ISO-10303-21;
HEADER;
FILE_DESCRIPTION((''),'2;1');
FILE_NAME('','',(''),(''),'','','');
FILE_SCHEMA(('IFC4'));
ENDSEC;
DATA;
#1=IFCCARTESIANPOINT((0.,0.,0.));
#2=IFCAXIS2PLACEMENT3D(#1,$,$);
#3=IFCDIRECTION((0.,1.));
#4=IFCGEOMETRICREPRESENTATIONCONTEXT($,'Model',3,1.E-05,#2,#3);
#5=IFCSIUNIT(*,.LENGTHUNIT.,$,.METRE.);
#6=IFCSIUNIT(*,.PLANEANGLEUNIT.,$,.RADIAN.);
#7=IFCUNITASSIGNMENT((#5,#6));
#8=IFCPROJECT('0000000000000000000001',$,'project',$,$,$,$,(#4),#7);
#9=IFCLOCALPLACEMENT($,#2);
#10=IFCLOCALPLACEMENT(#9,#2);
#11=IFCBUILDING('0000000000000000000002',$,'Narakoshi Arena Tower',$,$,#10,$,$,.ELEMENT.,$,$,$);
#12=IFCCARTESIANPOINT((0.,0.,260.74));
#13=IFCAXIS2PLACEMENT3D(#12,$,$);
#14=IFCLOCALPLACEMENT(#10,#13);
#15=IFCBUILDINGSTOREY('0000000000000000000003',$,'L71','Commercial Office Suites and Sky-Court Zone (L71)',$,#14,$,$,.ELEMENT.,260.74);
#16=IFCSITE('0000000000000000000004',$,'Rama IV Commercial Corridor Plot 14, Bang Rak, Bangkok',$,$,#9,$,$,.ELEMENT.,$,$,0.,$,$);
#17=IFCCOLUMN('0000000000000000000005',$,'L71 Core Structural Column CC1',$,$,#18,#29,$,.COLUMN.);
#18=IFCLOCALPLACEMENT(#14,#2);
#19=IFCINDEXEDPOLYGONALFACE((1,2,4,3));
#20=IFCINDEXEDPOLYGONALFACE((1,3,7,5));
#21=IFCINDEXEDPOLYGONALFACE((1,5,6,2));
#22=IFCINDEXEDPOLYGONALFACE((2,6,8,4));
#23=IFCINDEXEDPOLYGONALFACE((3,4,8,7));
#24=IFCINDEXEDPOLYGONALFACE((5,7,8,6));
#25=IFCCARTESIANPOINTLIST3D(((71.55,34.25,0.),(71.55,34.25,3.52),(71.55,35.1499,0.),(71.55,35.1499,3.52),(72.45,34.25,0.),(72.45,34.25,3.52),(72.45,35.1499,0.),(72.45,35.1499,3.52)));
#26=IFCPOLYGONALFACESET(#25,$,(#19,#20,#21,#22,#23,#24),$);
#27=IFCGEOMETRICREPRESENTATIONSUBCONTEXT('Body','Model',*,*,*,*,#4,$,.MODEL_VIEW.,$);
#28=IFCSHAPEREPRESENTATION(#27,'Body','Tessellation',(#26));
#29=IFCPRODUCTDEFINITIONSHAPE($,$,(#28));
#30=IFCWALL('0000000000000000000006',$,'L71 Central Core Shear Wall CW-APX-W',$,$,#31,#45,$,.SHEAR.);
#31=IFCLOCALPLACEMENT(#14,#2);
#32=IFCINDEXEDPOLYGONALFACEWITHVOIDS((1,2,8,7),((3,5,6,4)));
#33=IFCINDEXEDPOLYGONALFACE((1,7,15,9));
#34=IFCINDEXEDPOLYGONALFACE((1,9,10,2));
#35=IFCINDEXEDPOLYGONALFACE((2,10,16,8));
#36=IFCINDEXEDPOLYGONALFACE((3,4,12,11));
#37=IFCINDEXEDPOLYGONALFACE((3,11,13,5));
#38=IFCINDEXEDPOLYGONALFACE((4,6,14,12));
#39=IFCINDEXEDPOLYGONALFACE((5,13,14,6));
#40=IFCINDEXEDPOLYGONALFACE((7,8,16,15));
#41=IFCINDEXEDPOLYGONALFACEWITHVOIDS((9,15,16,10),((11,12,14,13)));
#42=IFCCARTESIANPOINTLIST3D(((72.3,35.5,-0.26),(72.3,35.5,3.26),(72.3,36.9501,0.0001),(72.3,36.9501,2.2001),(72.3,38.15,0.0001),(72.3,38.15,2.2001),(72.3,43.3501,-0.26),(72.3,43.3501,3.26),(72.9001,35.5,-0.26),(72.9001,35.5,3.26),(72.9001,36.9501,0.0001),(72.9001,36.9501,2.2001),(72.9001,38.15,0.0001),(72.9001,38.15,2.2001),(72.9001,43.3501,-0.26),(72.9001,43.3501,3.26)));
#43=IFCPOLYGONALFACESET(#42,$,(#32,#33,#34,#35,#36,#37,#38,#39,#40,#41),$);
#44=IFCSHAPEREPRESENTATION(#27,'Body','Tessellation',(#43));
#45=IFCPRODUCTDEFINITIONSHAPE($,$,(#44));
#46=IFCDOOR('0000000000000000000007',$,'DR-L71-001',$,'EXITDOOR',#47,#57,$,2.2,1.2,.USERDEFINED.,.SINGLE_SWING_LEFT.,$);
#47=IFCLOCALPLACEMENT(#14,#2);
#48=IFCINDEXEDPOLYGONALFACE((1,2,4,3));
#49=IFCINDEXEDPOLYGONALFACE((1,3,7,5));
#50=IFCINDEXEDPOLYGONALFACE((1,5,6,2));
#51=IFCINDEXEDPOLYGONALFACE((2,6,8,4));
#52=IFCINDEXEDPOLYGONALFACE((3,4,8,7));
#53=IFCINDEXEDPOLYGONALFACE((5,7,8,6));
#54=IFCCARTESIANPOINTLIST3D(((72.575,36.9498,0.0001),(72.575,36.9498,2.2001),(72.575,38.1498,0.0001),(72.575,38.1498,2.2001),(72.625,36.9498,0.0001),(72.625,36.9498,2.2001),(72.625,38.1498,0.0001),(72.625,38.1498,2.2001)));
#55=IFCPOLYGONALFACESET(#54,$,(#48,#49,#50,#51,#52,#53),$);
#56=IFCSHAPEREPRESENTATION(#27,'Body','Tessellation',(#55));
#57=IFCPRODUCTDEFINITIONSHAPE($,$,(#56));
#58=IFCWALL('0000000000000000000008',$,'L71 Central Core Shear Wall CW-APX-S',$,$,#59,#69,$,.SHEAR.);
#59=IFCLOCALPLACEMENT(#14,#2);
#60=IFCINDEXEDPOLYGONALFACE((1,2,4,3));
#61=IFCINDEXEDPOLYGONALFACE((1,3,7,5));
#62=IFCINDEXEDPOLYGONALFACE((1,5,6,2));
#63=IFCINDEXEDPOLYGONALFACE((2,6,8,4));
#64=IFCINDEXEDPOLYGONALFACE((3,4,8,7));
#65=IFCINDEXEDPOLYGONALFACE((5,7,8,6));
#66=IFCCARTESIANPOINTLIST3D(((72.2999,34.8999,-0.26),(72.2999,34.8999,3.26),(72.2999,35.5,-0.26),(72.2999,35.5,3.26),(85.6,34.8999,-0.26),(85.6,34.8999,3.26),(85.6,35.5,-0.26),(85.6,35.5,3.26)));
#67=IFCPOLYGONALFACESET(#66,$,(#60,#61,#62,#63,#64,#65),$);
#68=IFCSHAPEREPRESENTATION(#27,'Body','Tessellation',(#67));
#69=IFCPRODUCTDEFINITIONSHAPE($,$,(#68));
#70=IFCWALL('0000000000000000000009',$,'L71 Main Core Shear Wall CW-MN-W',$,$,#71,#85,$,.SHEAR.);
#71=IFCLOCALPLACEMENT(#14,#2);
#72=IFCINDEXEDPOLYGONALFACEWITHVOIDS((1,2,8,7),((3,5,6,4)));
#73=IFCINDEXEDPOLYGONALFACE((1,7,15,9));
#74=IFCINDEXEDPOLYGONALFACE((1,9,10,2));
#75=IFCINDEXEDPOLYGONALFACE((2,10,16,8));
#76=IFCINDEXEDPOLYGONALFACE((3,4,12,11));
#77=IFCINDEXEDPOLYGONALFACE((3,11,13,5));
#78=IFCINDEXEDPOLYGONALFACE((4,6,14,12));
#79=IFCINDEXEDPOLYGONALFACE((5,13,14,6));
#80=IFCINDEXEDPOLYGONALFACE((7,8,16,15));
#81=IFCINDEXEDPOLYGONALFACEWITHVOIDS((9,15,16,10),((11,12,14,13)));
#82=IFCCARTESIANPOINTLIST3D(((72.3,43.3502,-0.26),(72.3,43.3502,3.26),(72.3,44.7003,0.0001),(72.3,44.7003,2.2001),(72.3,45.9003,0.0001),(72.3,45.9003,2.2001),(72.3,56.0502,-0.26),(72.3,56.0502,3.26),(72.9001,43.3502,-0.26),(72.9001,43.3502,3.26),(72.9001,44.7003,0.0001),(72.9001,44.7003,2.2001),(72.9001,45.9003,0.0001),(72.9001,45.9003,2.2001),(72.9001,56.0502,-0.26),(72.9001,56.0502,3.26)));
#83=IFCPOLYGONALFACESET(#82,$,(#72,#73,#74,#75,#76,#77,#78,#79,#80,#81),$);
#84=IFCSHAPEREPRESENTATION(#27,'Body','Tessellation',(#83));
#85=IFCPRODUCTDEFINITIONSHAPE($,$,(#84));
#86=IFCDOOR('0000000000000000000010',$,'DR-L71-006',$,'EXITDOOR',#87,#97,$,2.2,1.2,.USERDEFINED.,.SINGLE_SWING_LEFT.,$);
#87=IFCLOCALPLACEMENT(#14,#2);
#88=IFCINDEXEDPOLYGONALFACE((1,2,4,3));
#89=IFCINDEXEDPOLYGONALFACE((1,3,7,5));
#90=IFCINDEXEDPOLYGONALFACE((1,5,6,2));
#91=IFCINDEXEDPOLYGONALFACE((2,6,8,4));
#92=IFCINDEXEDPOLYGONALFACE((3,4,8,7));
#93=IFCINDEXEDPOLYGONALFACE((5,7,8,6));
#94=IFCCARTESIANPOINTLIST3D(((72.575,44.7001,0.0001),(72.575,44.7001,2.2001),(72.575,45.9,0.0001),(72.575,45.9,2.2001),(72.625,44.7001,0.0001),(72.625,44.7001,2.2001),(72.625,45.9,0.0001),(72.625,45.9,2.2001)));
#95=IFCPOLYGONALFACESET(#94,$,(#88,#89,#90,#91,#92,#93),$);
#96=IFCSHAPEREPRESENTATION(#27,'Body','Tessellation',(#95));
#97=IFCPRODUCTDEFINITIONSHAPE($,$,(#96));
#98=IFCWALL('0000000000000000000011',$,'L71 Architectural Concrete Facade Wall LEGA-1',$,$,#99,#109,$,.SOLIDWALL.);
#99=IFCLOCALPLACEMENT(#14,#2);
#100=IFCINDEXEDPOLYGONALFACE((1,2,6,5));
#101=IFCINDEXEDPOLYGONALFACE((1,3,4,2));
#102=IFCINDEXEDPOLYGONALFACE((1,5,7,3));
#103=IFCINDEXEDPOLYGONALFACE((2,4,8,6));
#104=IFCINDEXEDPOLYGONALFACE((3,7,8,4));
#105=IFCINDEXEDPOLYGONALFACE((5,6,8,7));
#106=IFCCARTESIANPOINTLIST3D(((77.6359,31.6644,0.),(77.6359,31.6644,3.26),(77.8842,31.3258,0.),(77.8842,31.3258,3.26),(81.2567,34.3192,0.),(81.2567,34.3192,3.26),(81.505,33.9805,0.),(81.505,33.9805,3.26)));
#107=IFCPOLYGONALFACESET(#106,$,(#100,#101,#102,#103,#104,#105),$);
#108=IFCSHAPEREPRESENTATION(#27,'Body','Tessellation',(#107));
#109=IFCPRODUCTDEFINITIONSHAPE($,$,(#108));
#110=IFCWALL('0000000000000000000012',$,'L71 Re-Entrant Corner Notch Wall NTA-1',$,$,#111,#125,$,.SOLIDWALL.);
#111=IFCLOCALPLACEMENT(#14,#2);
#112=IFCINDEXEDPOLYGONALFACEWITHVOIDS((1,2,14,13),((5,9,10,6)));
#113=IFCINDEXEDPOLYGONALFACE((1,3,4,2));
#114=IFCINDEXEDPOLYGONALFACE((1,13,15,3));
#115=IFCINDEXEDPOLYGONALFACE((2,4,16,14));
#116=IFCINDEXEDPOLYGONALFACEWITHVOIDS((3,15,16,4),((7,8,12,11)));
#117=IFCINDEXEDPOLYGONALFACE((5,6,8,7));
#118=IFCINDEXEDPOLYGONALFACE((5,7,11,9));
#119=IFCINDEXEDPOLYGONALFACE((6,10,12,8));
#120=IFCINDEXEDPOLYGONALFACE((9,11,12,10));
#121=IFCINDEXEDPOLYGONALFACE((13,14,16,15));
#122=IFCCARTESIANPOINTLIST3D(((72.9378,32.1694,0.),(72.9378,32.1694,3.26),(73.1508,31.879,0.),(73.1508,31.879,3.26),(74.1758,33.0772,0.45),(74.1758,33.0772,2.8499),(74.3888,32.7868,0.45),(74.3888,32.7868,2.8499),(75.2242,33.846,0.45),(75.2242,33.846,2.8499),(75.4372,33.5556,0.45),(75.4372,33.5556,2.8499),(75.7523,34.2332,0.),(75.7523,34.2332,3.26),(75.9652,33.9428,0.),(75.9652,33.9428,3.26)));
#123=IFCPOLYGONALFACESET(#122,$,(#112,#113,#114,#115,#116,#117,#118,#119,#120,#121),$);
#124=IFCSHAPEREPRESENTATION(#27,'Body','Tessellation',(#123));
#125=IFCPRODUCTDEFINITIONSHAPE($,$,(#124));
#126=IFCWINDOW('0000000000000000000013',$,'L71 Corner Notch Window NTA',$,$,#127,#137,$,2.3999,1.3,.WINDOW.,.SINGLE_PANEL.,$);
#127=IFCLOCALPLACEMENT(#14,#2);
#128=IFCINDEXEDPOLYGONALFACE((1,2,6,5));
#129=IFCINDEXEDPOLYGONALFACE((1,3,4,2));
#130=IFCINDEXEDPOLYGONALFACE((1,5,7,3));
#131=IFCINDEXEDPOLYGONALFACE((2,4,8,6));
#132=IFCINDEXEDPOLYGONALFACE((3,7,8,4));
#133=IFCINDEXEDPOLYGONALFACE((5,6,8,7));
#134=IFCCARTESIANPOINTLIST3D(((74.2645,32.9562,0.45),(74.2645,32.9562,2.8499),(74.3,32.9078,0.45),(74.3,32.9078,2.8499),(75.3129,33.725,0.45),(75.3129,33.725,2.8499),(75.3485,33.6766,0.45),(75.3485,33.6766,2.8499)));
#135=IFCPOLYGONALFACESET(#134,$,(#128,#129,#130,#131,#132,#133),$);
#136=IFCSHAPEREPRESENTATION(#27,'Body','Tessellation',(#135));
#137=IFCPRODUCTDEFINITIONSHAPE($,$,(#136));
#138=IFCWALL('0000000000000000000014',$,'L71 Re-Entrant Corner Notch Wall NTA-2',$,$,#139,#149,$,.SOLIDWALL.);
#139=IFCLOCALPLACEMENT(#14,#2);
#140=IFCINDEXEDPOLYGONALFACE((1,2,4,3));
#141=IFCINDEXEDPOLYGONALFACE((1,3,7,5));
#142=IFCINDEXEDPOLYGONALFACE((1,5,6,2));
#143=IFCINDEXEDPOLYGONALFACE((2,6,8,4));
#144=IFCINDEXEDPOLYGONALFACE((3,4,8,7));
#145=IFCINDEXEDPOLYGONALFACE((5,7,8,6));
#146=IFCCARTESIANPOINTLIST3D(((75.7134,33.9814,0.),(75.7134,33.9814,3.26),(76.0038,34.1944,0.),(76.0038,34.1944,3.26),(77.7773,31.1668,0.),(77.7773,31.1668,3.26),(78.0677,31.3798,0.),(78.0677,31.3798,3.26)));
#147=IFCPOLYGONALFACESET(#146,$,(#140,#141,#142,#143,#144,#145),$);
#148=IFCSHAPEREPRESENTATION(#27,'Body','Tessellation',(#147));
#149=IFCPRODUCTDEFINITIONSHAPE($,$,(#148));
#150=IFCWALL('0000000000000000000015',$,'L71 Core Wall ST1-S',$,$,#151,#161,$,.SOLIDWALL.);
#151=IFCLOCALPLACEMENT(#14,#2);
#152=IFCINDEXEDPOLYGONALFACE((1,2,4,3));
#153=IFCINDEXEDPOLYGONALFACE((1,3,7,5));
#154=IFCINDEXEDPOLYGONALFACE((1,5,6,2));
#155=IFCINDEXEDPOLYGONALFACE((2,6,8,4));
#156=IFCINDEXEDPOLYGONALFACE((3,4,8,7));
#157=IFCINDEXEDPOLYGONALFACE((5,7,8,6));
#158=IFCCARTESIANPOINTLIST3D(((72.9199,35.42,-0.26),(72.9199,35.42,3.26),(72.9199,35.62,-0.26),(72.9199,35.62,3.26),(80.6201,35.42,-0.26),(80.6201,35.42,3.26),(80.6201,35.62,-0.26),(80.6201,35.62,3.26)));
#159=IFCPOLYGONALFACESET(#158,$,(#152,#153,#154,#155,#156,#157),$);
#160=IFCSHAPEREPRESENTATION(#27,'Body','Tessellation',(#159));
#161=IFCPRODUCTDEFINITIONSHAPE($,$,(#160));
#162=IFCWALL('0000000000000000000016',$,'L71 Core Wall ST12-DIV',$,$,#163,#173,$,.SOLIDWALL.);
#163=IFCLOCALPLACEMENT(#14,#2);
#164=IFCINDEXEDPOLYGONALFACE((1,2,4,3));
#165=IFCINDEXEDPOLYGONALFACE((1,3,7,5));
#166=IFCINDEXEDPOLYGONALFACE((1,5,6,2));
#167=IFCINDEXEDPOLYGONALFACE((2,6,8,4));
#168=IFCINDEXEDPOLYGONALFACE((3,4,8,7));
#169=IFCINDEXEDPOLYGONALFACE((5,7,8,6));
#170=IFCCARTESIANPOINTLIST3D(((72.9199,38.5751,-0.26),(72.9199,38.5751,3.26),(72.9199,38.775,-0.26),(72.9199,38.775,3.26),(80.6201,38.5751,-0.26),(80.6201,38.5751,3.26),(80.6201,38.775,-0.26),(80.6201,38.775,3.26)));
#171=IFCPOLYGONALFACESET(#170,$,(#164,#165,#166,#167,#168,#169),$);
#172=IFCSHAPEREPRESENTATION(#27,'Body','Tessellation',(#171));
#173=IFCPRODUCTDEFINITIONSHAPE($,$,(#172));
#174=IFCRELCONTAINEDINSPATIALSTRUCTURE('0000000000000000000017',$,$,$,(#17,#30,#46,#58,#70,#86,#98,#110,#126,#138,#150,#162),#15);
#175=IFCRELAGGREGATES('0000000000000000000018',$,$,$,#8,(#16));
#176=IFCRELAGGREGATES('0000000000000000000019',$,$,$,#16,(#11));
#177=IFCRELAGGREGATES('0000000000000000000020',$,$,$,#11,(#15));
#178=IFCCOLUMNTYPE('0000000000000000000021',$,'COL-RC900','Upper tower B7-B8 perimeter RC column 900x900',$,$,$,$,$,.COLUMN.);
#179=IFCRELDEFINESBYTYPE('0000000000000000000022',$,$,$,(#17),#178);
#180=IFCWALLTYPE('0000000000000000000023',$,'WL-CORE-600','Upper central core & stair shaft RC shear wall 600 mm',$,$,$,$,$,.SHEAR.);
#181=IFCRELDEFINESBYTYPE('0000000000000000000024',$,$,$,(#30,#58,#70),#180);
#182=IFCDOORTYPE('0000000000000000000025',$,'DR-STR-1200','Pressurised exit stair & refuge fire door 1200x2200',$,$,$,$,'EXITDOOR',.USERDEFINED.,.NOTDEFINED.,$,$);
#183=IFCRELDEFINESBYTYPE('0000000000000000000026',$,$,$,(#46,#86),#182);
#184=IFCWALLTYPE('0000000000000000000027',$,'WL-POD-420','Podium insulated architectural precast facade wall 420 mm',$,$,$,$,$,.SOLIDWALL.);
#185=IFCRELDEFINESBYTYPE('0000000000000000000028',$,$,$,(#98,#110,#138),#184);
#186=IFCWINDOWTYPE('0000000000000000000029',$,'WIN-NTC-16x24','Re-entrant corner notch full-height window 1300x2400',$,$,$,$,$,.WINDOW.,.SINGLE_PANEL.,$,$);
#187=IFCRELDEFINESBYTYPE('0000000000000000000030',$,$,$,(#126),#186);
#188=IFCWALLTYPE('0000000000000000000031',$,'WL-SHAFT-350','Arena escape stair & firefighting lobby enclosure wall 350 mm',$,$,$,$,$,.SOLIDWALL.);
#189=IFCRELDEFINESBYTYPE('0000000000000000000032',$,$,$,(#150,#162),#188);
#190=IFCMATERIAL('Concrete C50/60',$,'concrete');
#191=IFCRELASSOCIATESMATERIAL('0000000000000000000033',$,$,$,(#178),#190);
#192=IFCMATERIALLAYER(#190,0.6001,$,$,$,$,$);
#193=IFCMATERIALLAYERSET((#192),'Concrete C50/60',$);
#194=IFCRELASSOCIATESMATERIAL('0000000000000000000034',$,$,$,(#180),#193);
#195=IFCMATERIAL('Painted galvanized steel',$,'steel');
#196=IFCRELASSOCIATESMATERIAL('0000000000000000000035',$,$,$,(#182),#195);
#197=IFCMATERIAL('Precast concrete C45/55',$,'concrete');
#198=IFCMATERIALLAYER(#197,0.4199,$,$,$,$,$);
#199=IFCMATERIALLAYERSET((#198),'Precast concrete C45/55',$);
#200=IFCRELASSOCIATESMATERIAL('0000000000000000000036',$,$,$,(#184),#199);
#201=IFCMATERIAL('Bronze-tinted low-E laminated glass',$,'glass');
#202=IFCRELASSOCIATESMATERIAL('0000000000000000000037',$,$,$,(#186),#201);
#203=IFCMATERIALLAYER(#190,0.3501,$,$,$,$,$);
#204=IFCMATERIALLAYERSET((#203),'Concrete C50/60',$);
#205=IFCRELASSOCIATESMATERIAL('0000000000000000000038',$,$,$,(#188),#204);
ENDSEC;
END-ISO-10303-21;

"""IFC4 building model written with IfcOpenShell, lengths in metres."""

from ifc_helpers import new_model, si_unit, direction, frame, frame_2d, origin, origin_2d, place, context, subcontext, project, spatial, rectangle, extrude, material, layer, layer_set, material_profile, profile_set, type_object, element, fill, save


model = new_model("IFC4")

# Units and contexts
model_context = context("Model", 3, precision=1e-05, world=origin(), true_north=direction((0.0, 1.0)))
body_context = subcontext(model_context, "Body", "Model", "MODEL_VIEW")
ifc_project = project(units=[si_unit("LENGTHUNIT", "METRE"), si_unit("PLANEANGLEUNIT", "RADIAN")], contexts=[model_context])

# Site, building, storey
site_placement = place(None, origin())
site = spatial("IfcSite", under=ifc_project, at=site_placement, Name="Rama IV Commercial Corridor Plot 14, Bang Rak, Bangkok", CompositionType="ELEMENT", RefElevation=0.0)
building_placement = place(site_placement, origin())
building = spatial("IfcBuilding", under=site, at=building_placement, Name="Narakoshi Arena Tower", CompositionType="ELEMENT")
storey_placement = place(building_placement, frame((0.0, 0.0, 260.74)))
storey = spatial("IfcBuildingStorey", under=building, at=storey_placement, Name="L71", Description="Commercial Office Suites and Sky-Court Zone (L71)", CompositionType="ELEMENT", Elevation=260.74)

# Column
ifc_material_1 = material(Name="Concrete C50/60", Category="concrete")
ifc_material_profile = material_profile(ifc_material_1, rectangle(XDim=0.8999, YDim=0.8999, at=origin_2d()), Name="RC900x900")
ifc_profile_set = profile_set([ifc_material_profile], Name="Concrete C50/60")
column_type = type_object("IfcColumnType", Name="COL-RC900", Description="Upper tower B7-B8 perimeter RC column 900x900", PredefinedType="COLUMN", material=ifc_profile_set)
column_placement = place(storey_placement, frame((72.0, 34.7, 0.0), z_axis=(0.0, 0.0, 1.0), x_axis=(1.0, 0.0, 0.0)))
element("IfcColumn", 1, at=column_placement, inside=storey, type_object=column_type, Name="L71 Core Structural Column CC1", PredefinedType="COLUMN", context=body_context, shape_type="SweptSolid", body=[
    extrude(rectangle(XDim=0.8999, YDim=0.8999, at=origin_2d()), origin(), (0.0, 0.0, 1.0), 3.52),
])

# Wall, opening, door
ifc_layer_1 = layer(ifc_material_1, 0.6001)
ifc_layer_set_1 = layer_set([ifc_layer_1], Name="Concrete C50/60")
wall_type_1 = type_object("IfcWallType", Name="WL-CORE-600", Description="Upper central core & stair shaft RC shear wall 600 mm", PredefinedType="SHEAR", material=ifc_layer_set_1)
wall_1_placement = place(storey_placement, frame((72.6001, 35.5, -0.26), z_axis=(0.0, 0.0, 1.0), x_axis=(0.0, 1.0, 0.0)))
wall_1 = element("IfcWall", 2, at=wall_1_placement, inside=storey, type_object=wall_type_1, Name="L71 Central Core Shear Wall CW-APX-W", PredefinedType="SHEAR", context=body_context, shape_type="SweptSolid", body=[
    extrude(rectangle(XDim=7.8501, YDim=0.6001, at=frame_2d((3.925, 0.0))), origin(), (0.0, 0.0, 1.0), 3.52),
])
opening_1_placement = place(wall_1_placement, frame((1.45, 0.0, 0.26)))
opening_1 = element("IfcOpeningElement", 3, at=opening_1_placement, cuts=wall_1, PredefinedType="OPENING", context=body_context, shape_type="SweptSolid", body=[
    extrude(rectangle(XDim=1.2, YDim=2.2, at=frame_2d((0.6001, 1.1001))), frame((0.0, 0.3101, 0.0), z_axis=(0.0, -1.0, 0.0), x_axis=(1.0, 0.0, 0.0)), (0.0, 0.0, 1.0), 0.6201),
])
ifc_material_2 = material(Name="Painted galvanized steel", Category="steel")
door_type = type_object("IfcDoorType", Name="DR-STR-1200", Description="Pressurised exit stair & refuge fire door 1200x2200", ElementType="EXITDOOR", OperationType="NOTDEFINED", PredefinedType="USERDEFINED", material=ifc_material_2)
door_1_placement = place(opening_1_placement, frame((1.2, 0.0, 0.0), z_axis=(0.0, 0.0, 1.0), x_axis=(-1.0, 0.0, 0.0)))
door_1 = element("IfcDoor", 4, at=door_1_placement, inside=storey, type_object=door_type, Name="DR-L71-001", ObjectType="EXITDOOR", OperationType="SINGLE_SWING_LEFT", OverallHeight=2.2, OverallWidth=1.2, PredefinedType="USERDEFINED", context=body_context, shape_type="SweptSolid", body=[
    extrude(rectangle(XDim=1.2, YDim=2.2, at=frame_2d((0.6001, 1.1001))), frame((0.0, 0.0249, 0.0), z_axis=(0.0, -1.0, 0.0), x_axis=(1.0, 0.0, 0.0)), (0.0, 0.0, 1.0), 0.05),
])
fill(opening_1, door_1)

# Wall
wall_2_placement = place(storey_placement, frame((72.3, 35.2, -0.26), z_axis=(0.0, 0.0, 1.0), x_axis=(1.0, 0.0, 0.0)))
element("IfcWall", 5, at=wall_2_placement, inside=storey, type_object=wall_type_1, Name="L71 Central Core Shear Wall CW-APX-S", PredefinedType="SHEAR", context=body_context, shape_type="SweptSolid", body=[
    extrude(rectangle(XDim=13.3, YDim=0.6001, at=frame_2d((6.6499, 0.0))), origin(), (0.0, 0.0, 1.0), 3.52),
])

# Wall, opening, door
wall_3_placement = place(storey_placement, frame((72.6001, 43.3501, -0.26), z_axis=(0.0, 0.0, 1.0), x_axis=(0.0, 1.0, 0.0)))
wall_3 = element("IfcWall", 6, at=wall_3_placement, inside=storey, type_object=wall_type_1, Name="L71 Main Core Shear Wall CW-MN-W", PredefinedType="SHEAR", context=body_context, shape_type="SweptSolid", body=[
    extrude(rectangle(XDim=12.7, YDim=0.6001, at=frame_2d((6.3501, 0.0))), origin(), (0.0, 0.0, 1.0), 3.52),
])
opening_2_placement = place(wall_3_placement, frame((1.3501, 0.0, 0.26)))
opening_2 = element("IfcOpeningElement", 7, at=opening_2_placement, cuts=wall_3, PredefinedType="OPENING", context=body_context, shape_type="SweptSolid", body=[
    extrude(rectangle(XDim=1.2, YDim=2.2, at=frame_2d((0.6001, 1.1001))), frame((0.0, 0.3101, 0.0), z_axis=(0.0, -1.0, 0.0), x_axis=(1.0, 0.0, 0.0)), (0.0, 0.0, 1.0), 0.6201),
])
door_2_placement = place(opening_2_placement, frame((1.2, 0.0, 0.0), z_axis=(0.0, 0.0, 1.0), x_axis=(-1.0, 0.0, 0.0)))
door_2 = element("IfcDoor", 8, at=door_2_placement, inside=storey, type_object=door_type, Name="DR-L71-006", ObjectType="EXITDOOR", OperationType="SINGLE_SWING_LEFT", OverallHeight=2.2, OverallWidth=1.2, PredefinedType="USERDEFINED", context=body_context, shape_type="SweptSolid", body=[
    extrude(rectangle(XDim=1.2, YDim=2.2, at=frame_2d((0.6001, 1.1001))), frame((0.0, 0.0249, 0.0), z_axis=(0.0, -1.0, 0.0), x_axis=(1.0, 0.0, 0.0)), (0.0, 0.0, 1.0), 0.05),
])
fill(opening_2, door_2)

# Wall
ifc_material_3 = material(Name="Precast concrete C45/55", Category="concrete")
ifc_layer_2 = layer(ifc_material_3, 0.4199)
ifc_layer_set_2 = layer_set([ifc_layer_2], Name="Precast concrete C45/55")
wall_type_2 = type_object("IfcWallType", Name="WL-POD-420", Description="Podium insulated architectural precast facade wall 420 mm", PredefinedType="SOLIDWALL", material=ifc_layer_set_2)
wall_4_placement = place(storey_placement, frame((77.76, 31.4951, 0.0), z_axis=(0.0, 0.0, 1.0), x_axis=(0.806459, 0.591291, 0.0)))
element("IfcWall", 9, at=wall_4_placement, inside=storey, type_object=wall_type_2, Name="L71 Architectural Concrete Facade Wall LEGA-1", PredefinedType="SOLIDWALL", context=body_context, shape_type="SweptSolid", body=[
    extrude(rectangle(XDim=4.4897, YDim=0.4199, at=frame_2d((2.2449, 0.0))), origin(), (0.0, 0.0, 1.0), 3.26),
])

# Wall, opening, window
wall_5_placement = place(storey_placement, frame((73.0442, 32.0242, 0.0), z_axis=(0.0, 0.0, 1.0), x_axis=(0.806434, 0.591324, 0.0)))
wall_5 = element("IfcWall", 10, at=wall_5_placement, inside=storey, type_object=wall_type_2, Name="L71 Re-Entrant Corner Notch Wall NTA-1", PredefinedType="SOLIDWALL", context=body_context, shape_type="SweptSolid", body=[
    extrude(rectangle(XDim=3.49, YDim=0.3601, at=frame_2d((1.7451, 0.0))), origin(), (0.0, 0.0, 1.0), 3.26),
])
opening_3_placement = place(wall_5_placement, frame((1.5354, 0.0, 0.45)))
opening_3 = element("IfcOpeningElement", 11, at=opening_3_placement, cuts=wall_5, PredefinedType="OPENING", context=body_context, shape_type="SweptSolid", body=[
    extrude(rectangle(XDim=1.3, YDim=2.3999, at=frame_2d((0.6499, 1.2))), frame((0.0, 0.1899, 0.0), z_axis=(0.0, -1.0, 0.0), x_axis=(1.0, 0.0, 0.0)), (0.0, 0.0, 1.0), 0.3801),
])
ifc_material_4 = material(Name="Bronze-tinted low-E laminated glass", Category="glass")
window_type = type_object("IfcWindowType", Name="WIN-NTC-16x24", Description="Re-entrant corner notch full-height window 1300x2400", PartitioningType="SINGLE_PANEL", PredefinedType="WINDOW", material=ifc_material_4)
window_placement = place(opening_3_placement, origin())
window = element("IfcWindow", 12, at=window_placement, inside=storey, type_object=window_type, Name="L71 Corner Notch Window NTA", OverallHeight=2.3999, OverallWidth=1.3, PartitioningType="SINGLE_PANEL", PredefinedType="WINDOW", context=body_context, shape_type="SweptSolid", body=[
    extrude(rectangle(XDim=1.3, YDim=2.3999, at=frame_2d((0.6499, 1.2))), frame((0.0, 0.03, 0.0), z_axis=(0.0, -1.0, 0.0), x_axis=(1.0, 0.0, 0.0)), (0.0, 0.0, 1.0), 0.0601),
])
fill(opening_3, window)

# Walls
wall_6_placement = place(storey_placement, frame((75.8586, 34.0879, 0.0), z_axis=(0.0, 0.0, 1.0), x_axis=(0.591336, -0.806425, 0.0)))
element("IfcWall", 13, at=wall_6_placement, inside=storey, type_object=wall_type_2, Name="L71 Re-Entrant Corner Notch Wall NTA-2", PredefinedType="SOLIDWALL", context=body_context, shape_type="SweptSolid", body=[
    extrude(rectangle(XDim=3.4902, YDim=0.3601, at=frame_2d((1.7451, 0.0))), origin(), (0.0, 0.0, 1.0), 3.26),
])
ifc_layer_3 = layer(ifc_material_1, 0.3501)
ifc_layer_set_3 = layer_set([ifc_layer_3], Name="Concrete C50/60")
wall_type_3 = type_object("IfcWallType", Name="WL-SHAFT-350", Description="Arena escape stair & firefighting lobby enclosure wall 350 mm", PredefinedType="SOLIDWALL", material=ifc_layer_set_3)
for number, where, z_axis, x_axis, name in (
    (14, (72.9199, 35.52, -0.26), (0.0, 0.0, 1.0), (1.0, 0.0, 0.0), "L71 Core Wall ST1-S"),
    (15, (72.9199, 38.675, -0.26), (0.0, 0.0, 1.0), (1.0, 0.0, 0.0), "L71 Core Wall ST12-DIV"),
):
    element("IfcWall", number, at=place(storey_placement, frame(where, z_axis=z_axis, x_axis=x_axis)), inside=storey, type_object=wall_type_3, Name=name, PredefinedType="SOLIDWALL", context=body_context, shape_type="SweptSolid", body=[
        extrude(rectangle(XDim=7.7002, YDim=0.2, at=frame_2d((3.8501, 0.0))), origin(), (0.0, 0.0, 1.0), 3.52),
    ])

save(model, "model.ifc")
